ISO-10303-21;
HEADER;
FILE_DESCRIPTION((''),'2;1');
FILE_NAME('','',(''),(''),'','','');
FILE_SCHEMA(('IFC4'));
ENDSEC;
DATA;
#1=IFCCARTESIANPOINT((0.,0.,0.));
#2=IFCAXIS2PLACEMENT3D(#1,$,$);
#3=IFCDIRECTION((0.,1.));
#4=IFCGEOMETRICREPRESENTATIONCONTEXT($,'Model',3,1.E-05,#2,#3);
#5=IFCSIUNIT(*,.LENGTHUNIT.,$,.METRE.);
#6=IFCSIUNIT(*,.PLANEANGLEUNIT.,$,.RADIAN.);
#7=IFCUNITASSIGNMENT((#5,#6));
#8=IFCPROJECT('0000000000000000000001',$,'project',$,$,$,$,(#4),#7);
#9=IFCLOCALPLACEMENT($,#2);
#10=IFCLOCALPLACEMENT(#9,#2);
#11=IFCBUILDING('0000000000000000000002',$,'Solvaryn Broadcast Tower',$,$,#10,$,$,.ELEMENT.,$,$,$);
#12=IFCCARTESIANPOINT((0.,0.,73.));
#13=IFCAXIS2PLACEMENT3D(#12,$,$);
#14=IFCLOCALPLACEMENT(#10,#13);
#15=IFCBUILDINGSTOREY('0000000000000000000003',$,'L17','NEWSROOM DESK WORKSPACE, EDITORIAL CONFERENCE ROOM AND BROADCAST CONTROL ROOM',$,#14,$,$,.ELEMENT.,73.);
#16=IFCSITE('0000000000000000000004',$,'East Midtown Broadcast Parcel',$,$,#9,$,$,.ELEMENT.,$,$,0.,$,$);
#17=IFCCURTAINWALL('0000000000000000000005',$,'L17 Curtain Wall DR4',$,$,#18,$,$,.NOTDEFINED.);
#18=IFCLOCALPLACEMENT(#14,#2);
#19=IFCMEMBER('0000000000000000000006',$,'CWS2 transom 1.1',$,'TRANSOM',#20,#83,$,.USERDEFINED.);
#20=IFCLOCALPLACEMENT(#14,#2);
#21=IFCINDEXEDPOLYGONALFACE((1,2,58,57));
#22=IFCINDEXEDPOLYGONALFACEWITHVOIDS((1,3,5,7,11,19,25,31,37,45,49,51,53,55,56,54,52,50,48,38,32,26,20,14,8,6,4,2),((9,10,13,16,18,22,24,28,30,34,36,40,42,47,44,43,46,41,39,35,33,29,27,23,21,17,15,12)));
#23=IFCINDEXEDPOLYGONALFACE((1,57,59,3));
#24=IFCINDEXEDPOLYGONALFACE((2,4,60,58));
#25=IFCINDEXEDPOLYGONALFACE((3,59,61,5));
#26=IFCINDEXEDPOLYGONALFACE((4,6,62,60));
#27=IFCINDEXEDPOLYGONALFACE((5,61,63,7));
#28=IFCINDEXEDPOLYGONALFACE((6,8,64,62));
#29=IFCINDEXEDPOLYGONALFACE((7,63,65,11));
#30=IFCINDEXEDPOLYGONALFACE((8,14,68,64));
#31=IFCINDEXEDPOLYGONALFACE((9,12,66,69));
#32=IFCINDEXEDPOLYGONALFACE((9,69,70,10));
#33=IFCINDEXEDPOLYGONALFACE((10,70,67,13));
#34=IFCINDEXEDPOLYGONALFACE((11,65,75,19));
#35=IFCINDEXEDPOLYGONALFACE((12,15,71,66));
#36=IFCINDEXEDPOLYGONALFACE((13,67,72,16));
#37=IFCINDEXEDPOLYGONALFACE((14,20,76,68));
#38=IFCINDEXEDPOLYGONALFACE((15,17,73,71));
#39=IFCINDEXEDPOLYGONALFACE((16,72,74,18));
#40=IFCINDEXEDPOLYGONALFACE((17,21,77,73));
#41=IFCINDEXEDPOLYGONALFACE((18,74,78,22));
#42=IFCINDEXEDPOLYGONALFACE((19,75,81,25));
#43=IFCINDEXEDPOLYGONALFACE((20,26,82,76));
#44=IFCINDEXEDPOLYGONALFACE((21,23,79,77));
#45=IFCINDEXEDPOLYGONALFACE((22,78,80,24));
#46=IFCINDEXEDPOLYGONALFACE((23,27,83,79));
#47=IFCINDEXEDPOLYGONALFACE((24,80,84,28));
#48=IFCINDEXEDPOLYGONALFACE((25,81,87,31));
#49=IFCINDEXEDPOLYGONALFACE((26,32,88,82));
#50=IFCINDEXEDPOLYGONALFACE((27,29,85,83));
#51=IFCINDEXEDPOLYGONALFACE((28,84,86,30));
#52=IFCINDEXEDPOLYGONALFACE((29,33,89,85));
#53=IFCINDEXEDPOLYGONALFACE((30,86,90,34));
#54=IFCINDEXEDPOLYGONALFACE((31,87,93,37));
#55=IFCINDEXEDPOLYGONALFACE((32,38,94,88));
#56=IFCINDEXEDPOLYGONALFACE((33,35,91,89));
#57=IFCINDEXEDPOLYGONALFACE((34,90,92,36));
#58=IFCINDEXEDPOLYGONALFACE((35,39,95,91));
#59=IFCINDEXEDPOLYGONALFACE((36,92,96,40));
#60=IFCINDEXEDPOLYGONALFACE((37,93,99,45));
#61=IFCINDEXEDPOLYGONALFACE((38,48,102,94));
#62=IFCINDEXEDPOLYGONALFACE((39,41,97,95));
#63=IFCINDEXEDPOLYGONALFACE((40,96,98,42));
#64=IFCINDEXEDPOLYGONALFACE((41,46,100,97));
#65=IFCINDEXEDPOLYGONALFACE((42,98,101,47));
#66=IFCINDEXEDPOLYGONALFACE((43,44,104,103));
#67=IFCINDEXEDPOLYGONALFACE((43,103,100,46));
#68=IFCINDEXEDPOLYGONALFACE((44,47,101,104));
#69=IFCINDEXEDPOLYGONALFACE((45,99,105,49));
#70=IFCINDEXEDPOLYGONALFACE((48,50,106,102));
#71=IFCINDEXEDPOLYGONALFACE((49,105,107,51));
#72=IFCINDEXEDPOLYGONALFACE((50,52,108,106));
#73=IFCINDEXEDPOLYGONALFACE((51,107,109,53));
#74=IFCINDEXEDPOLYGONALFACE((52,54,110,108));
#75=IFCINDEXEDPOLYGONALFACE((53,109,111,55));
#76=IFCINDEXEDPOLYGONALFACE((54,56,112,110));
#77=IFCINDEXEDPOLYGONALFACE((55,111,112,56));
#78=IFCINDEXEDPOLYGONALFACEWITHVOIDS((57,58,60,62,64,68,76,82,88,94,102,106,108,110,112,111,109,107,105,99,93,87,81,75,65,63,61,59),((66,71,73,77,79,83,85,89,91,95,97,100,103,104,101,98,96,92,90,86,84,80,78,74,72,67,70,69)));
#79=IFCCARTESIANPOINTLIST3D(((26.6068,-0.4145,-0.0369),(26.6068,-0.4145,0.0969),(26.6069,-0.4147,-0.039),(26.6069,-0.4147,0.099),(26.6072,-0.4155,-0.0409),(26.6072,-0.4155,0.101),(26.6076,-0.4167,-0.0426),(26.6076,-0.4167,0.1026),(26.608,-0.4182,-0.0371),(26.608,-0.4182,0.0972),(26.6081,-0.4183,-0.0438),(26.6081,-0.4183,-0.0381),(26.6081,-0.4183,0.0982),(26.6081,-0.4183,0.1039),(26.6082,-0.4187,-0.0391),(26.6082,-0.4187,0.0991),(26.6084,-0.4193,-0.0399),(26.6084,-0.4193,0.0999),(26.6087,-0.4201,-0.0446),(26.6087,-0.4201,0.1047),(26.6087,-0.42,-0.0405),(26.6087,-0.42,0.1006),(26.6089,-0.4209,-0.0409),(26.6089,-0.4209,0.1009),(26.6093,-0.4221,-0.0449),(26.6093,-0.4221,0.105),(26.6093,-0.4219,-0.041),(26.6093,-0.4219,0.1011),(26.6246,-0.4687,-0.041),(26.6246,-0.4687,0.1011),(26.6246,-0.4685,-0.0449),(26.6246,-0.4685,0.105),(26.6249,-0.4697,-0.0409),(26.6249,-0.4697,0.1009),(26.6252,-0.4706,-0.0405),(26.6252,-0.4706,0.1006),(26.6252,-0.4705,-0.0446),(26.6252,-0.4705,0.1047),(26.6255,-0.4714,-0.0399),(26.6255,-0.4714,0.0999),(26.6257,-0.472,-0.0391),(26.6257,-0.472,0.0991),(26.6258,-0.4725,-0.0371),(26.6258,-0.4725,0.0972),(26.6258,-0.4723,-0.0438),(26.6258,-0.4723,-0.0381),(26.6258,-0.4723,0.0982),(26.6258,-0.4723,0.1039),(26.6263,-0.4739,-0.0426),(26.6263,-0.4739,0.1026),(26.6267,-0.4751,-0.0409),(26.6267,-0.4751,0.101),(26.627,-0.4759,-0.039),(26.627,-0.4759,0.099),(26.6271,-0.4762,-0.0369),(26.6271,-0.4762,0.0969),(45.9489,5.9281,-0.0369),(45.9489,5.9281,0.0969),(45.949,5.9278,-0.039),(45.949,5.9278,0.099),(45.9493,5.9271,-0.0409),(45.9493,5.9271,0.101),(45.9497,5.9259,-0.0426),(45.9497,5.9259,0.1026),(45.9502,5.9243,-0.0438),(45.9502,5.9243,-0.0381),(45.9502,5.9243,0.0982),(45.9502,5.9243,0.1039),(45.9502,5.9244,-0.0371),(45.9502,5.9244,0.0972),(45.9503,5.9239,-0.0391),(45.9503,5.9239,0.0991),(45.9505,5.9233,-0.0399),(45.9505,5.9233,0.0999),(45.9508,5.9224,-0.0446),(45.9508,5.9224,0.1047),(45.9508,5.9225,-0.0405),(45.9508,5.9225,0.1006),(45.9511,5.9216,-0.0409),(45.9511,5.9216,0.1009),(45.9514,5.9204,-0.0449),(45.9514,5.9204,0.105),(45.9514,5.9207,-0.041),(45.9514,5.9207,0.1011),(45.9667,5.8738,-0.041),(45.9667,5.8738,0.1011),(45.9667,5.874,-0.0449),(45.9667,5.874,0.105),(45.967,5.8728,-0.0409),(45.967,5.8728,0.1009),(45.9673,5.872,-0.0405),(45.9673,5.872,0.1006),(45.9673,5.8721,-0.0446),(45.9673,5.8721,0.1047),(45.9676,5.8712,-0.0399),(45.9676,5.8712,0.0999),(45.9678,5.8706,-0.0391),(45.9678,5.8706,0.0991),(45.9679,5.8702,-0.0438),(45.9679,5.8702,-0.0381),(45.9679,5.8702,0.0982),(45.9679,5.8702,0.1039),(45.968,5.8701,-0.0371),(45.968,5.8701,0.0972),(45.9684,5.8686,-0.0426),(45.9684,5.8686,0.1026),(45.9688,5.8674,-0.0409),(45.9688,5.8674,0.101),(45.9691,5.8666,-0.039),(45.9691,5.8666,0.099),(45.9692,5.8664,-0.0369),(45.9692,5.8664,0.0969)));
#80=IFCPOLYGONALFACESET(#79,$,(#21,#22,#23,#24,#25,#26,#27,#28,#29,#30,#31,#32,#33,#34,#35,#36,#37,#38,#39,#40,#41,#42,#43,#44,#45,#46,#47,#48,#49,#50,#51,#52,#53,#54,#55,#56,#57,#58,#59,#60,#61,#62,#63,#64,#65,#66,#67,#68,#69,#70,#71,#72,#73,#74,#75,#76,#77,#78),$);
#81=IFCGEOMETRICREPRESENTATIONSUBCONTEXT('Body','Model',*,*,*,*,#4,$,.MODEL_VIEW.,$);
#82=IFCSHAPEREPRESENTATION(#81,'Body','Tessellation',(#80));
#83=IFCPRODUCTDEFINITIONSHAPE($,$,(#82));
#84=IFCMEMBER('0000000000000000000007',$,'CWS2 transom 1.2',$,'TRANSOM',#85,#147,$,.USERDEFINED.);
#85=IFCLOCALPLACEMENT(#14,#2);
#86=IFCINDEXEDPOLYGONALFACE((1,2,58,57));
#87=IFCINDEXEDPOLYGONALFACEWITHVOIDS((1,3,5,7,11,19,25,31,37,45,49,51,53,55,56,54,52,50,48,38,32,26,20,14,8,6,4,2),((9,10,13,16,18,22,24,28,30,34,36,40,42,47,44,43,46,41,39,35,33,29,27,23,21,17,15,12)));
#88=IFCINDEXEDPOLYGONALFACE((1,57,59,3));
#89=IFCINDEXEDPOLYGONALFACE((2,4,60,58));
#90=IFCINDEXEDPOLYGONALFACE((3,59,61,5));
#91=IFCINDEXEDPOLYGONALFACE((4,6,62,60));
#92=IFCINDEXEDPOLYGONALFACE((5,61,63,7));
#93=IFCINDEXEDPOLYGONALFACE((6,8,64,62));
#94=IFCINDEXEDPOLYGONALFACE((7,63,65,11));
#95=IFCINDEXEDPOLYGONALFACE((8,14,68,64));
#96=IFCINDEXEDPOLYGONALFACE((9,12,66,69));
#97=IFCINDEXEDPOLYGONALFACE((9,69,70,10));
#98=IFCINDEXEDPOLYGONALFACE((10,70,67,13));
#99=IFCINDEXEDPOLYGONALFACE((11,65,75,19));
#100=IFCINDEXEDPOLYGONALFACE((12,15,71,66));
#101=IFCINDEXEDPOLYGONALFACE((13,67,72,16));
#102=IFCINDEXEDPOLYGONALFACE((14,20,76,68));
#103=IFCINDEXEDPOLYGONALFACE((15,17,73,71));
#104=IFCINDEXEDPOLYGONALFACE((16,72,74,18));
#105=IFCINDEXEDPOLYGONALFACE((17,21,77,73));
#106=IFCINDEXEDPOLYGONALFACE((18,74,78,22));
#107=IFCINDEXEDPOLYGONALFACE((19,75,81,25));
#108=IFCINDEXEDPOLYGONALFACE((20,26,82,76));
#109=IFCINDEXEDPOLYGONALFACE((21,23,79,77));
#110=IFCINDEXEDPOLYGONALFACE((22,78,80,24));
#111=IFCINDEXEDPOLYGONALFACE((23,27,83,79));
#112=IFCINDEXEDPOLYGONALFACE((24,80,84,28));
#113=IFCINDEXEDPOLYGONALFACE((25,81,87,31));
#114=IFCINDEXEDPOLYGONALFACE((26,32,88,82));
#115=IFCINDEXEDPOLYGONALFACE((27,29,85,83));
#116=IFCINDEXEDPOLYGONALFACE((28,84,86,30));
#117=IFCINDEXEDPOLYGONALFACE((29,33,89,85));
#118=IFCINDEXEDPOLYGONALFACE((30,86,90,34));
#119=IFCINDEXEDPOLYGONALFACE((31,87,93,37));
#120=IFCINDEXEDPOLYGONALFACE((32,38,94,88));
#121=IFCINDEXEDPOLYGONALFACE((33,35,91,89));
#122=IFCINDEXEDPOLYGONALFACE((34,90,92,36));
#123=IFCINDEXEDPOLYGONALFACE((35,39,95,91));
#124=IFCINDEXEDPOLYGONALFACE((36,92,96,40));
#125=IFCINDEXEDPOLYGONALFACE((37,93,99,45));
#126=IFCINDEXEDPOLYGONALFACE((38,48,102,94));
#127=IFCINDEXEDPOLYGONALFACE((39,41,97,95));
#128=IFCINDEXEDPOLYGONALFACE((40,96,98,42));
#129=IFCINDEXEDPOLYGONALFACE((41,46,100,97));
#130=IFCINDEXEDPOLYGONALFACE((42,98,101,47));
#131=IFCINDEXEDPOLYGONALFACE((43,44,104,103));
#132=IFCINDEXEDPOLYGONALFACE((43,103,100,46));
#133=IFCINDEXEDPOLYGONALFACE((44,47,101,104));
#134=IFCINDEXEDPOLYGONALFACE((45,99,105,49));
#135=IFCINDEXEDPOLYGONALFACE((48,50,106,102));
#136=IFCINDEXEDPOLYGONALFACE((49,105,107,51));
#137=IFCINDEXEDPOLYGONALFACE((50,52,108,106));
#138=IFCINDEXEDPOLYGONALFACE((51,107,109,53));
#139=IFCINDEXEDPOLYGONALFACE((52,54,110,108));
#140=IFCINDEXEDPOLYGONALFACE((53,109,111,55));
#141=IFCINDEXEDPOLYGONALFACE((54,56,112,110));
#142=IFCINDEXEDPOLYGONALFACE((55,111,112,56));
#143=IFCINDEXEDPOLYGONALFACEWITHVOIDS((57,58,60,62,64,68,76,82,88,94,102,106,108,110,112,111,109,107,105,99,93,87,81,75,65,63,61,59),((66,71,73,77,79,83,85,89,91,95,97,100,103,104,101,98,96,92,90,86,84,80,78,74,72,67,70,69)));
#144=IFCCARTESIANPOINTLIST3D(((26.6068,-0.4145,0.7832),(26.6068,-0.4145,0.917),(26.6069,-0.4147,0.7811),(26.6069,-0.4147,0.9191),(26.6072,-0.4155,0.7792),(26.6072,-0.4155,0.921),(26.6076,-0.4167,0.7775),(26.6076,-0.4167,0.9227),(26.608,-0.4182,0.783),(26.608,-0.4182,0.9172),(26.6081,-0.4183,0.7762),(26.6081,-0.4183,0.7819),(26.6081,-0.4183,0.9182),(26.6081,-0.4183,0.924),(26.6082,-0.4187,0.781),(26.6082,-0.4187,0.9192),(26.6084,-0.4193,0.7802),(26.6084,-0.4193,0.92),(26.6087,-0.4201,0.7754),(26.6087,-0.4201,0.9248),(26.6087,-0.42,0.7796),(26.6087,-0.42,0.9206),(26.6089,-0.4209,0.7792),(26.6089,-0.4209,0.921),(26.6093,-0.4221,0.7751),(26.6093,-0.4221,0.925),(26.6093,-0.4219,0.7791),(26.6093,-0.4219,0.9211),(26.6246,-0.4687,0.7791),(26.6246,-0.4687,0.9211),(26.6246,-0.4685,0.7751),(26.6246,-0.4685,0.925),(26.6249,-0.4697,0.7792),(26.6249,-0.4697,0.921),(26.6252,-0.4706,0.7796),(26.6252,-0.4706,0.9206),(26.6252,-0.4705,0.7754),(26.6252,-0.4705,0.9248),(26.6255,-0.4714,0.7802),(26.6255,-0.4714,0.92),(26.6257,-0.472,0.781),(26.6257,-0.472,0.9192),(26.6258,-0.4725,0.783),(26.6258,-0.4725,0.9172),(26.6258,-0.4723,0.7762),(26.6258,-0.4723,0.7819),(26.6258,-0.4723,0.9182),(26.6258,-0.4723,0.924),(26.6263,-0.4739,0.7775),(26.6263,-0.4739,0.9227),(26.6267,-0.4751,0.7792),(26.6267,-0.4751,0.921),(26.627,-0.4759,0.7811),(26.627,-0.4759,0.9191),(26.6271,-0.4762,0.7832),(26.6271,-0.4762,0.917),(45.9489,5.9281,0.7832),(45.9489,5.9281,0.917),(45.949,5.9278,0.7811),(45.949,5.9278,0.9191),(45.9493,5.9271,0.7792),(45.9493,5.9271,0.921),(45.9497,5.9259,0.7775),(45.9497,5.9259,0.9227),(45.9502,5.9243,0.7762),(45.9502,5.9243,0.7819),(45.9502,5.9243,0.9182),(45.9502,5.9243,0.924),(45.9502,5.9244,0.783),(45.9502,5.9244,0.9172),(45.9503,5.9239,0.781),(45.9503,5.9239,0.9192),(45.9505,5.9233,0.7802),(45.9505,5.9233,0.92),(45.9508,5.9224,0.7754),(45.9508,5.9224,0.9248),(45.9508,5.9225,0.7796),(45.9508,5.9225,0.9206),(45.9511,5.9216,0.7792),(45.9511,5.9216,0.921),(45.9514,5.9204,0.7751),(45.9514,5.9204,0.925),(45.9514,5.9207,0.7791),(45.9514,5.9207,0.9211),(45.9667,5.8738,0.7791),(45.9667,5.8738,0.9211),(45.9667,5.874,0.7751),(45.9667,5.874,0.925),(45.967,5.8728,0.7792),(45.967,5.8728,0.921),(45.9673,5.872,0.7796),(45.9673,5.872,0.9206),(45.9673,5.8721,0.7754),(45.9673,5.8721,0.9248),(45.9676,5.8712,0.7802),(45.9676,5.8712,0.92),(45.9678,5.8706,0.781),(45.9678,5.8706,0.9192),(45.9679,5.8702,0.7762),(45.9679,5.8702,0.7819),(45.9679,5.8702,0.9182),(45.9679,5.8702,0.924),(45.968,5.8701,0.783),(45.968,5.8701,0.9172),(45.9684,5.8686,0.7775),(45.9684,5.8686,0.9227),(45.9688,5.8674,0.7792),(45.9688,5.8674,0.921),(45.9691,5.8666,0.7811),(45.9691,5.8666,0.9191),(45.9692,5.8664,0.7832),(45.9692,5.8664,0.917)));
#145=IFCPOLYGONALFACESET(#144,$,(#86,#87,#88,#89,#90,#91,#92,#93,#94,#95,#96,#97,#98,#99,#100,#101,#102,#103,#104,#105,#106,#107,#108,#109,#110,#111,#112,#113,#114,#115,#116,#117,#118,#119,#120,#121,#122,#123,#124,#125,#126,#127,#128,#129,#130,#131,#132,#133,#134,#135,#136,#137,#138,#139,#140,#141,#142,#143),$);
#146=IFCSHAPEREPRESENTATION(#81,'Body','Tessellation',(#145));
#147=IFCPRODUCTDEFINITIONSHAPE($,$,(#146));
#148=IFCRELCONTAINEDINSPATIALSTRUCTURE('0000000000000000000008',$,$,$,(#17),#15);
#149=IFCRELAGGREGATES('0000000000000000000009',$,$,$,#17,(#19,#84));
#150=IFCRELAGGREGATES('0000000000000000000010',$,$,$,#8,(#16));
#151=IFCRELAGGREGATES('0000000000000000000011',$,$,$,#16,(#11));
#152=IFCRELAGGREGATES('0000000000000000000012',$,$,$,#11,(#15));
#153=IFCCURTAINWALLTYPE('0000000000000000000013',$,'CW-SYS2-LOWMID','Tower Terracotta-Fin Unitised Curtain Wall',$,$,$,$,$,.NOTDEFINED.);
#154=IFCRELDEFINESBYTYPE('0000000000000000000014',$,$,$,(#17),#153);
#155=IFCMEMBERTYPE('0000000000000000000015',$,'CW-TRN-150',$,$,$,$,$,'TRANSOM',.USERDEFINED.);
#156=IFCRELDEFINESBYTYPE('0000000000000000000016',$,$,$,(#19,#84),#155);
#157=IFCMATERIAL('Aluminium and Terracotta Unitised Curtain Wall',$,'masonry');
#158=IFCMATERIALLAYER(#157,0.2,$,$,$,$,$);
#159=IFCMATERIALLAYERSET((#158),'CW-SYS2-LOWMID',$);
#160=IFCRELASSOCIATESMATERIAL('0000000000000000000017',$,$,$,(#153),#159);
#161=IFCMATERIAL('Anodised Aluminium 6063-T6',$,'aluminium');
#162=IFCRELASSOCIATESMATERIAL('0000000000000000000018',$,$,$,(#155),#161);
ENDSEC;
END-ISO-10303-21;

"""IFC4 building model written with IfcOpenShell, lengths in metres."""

from ifc_helpers import new_model, si_unit, direction, frame, origin, origin_2d, place, context, subcontext, project, spatial, hollow_rectangle, extrude, material, layer, layer_set, material_profile, profile_set, type_object, element, aggregate, save


model = new_model("IFC4")

# Units and contexts
model_context = context("Model", 3, precision=1e-05, world=origin(), true_north=direction((0.0, 1.0)))
body_context = subcontext(model_context, "Body", "Model", "MODEL_VIEW")
ifc_project = project(units=[si_unit("LENGTHUNIT", "METRE"), si_unit("PLANEANGLEUNIT", "RADIAN")], contexts=[model_context])

# Site, building, storey
site_placement = place(None, origin())
site = spatial("IfcSite", under=ifc_project, at=site_placement, Name="East Midtown Broadcast Parcel", CompositionType="ELEMENT", RefElevation=0.0)
building_placement = place(site_placement, origin())
building = spatial("IfcBuilding", under=site, at=building_placement, Name="Solvaryn Broadcast Tower", CompositionType="ELEMENT")
storey_placement = place(building_placement, frame((0.0, 0.0, 73.0)))
storey = spatial("IfcBuildingStorey", under=building, at=storey_placement, Name="L17", Description="NEWSROOM DESK WORKSPACE, EDITORIAL CONFERENCE ROOM AND BROADCAST CONTROL ROOM", CompositionType="ELEMENT", Elevation=73.0)

# Shared definitions
ifc_material_1 = material(Name="Aluminium and Terracotta Unitised Curtain Wall", Category="masonry")
ifc_layer_1 = layer(ifc_material_1, 0.2)
ifc_layer_set_1 = layer_set([ifc_layer_1], Name="CW-SYS2-LOWMID")
curtain_wall_type = type_object("IfcCurtainWallType", Name="CW-SYS2-LOWMID", Description="Tower Terracotta-Fin Unitised Curtain Wall", PredefinedType="NOTDEFINED", material=ifc_layer_set_1)

# Curtain wall, members
curtain_wall_1_placement = place(storey_placement, origin())
curtain_wall_1 = element("IfcCurtainWall", 1, at=curtain_wall_1_placement, inside=storey, type_object=curtain_wall_type, Name="L17 Curtain Wall DR4", PredefinedType="NOTDEFINED")
ifc_material_2 = material(Name="Anodised Aluminium 6063-T6", Category="aluminium")
ifc_material_profile_1 = material_profile(ifc_material_2, hollow_rectangle(XDim=0.0649, YDim=0.1499, WallThickness=0.0039, InnerFilletRadius=0.0039, OuterFilletRadius=0.0081, at=origin_2d()))
ifc_profile_set_1 = profile_set([ifc_material_profile_1], Name="Anodised Aluminium 6063-T6")
member_type_1 = type_object("IfcMemberType", Name="CW-TRN-150", ElementType="TRANSOM", PredefinedType="USERDEFINED", material=ifc_profile_set_1)
member_1_placement = place(storey_placement, frame((26.6169, -0.4453, 0.03), z_axis=(0.950217, 0.31159, 0.0), x_axis=(-0.31159, 0.950217, 0.0)))
member_1 = element("IfcMember", 2, at=member_1_placement, type_object=member_type_1, Name="CWS2 transom 1.1", ObjectType="TRANSOM", PredefinedType="USERDEFINED", context=body_context, shape_type="SweptSolid", body=[
    extrude(hollow_rectangle(XDim=0.0649, YDim=0.1499, WallThickness=0.0039, InnerFilletRadius=0.0039, OuterFilletRadius=0.0081, at=origin_2d()), origin(), (0.0, 0.0, 1.0), 20.3555),
])
member_2_placement = place(storey_placement, frame((26.6169, -0.4453, 0.8501), z_axis=(0.950217, 0.31159, 0.0), x_axis=(-0.31159, 0.950217, 0.0)))
member_2 = element("IfcMember", 3, at=member_2_placement, type_object=member_type_1, Name="CWS2 transom 1.2", ObjectType="TRANSOM", PredefinedType="USERDEFINED", context=body_context, shape_type="SweptSolid", body=[
    extrude(hollow_rectangle(XDim=0.0649, YDim=0.1499, WallThickness=0.0039, InnerFilletRadius=0.0039, OuterFilletRadius=0.0081, at=origin_2d()), origin(), (0.0, 0.0, 1.0), 20.3555),
])
aggregate(curtain_wall_1, [member_1, member_2])

save(model, "model.ifc")
